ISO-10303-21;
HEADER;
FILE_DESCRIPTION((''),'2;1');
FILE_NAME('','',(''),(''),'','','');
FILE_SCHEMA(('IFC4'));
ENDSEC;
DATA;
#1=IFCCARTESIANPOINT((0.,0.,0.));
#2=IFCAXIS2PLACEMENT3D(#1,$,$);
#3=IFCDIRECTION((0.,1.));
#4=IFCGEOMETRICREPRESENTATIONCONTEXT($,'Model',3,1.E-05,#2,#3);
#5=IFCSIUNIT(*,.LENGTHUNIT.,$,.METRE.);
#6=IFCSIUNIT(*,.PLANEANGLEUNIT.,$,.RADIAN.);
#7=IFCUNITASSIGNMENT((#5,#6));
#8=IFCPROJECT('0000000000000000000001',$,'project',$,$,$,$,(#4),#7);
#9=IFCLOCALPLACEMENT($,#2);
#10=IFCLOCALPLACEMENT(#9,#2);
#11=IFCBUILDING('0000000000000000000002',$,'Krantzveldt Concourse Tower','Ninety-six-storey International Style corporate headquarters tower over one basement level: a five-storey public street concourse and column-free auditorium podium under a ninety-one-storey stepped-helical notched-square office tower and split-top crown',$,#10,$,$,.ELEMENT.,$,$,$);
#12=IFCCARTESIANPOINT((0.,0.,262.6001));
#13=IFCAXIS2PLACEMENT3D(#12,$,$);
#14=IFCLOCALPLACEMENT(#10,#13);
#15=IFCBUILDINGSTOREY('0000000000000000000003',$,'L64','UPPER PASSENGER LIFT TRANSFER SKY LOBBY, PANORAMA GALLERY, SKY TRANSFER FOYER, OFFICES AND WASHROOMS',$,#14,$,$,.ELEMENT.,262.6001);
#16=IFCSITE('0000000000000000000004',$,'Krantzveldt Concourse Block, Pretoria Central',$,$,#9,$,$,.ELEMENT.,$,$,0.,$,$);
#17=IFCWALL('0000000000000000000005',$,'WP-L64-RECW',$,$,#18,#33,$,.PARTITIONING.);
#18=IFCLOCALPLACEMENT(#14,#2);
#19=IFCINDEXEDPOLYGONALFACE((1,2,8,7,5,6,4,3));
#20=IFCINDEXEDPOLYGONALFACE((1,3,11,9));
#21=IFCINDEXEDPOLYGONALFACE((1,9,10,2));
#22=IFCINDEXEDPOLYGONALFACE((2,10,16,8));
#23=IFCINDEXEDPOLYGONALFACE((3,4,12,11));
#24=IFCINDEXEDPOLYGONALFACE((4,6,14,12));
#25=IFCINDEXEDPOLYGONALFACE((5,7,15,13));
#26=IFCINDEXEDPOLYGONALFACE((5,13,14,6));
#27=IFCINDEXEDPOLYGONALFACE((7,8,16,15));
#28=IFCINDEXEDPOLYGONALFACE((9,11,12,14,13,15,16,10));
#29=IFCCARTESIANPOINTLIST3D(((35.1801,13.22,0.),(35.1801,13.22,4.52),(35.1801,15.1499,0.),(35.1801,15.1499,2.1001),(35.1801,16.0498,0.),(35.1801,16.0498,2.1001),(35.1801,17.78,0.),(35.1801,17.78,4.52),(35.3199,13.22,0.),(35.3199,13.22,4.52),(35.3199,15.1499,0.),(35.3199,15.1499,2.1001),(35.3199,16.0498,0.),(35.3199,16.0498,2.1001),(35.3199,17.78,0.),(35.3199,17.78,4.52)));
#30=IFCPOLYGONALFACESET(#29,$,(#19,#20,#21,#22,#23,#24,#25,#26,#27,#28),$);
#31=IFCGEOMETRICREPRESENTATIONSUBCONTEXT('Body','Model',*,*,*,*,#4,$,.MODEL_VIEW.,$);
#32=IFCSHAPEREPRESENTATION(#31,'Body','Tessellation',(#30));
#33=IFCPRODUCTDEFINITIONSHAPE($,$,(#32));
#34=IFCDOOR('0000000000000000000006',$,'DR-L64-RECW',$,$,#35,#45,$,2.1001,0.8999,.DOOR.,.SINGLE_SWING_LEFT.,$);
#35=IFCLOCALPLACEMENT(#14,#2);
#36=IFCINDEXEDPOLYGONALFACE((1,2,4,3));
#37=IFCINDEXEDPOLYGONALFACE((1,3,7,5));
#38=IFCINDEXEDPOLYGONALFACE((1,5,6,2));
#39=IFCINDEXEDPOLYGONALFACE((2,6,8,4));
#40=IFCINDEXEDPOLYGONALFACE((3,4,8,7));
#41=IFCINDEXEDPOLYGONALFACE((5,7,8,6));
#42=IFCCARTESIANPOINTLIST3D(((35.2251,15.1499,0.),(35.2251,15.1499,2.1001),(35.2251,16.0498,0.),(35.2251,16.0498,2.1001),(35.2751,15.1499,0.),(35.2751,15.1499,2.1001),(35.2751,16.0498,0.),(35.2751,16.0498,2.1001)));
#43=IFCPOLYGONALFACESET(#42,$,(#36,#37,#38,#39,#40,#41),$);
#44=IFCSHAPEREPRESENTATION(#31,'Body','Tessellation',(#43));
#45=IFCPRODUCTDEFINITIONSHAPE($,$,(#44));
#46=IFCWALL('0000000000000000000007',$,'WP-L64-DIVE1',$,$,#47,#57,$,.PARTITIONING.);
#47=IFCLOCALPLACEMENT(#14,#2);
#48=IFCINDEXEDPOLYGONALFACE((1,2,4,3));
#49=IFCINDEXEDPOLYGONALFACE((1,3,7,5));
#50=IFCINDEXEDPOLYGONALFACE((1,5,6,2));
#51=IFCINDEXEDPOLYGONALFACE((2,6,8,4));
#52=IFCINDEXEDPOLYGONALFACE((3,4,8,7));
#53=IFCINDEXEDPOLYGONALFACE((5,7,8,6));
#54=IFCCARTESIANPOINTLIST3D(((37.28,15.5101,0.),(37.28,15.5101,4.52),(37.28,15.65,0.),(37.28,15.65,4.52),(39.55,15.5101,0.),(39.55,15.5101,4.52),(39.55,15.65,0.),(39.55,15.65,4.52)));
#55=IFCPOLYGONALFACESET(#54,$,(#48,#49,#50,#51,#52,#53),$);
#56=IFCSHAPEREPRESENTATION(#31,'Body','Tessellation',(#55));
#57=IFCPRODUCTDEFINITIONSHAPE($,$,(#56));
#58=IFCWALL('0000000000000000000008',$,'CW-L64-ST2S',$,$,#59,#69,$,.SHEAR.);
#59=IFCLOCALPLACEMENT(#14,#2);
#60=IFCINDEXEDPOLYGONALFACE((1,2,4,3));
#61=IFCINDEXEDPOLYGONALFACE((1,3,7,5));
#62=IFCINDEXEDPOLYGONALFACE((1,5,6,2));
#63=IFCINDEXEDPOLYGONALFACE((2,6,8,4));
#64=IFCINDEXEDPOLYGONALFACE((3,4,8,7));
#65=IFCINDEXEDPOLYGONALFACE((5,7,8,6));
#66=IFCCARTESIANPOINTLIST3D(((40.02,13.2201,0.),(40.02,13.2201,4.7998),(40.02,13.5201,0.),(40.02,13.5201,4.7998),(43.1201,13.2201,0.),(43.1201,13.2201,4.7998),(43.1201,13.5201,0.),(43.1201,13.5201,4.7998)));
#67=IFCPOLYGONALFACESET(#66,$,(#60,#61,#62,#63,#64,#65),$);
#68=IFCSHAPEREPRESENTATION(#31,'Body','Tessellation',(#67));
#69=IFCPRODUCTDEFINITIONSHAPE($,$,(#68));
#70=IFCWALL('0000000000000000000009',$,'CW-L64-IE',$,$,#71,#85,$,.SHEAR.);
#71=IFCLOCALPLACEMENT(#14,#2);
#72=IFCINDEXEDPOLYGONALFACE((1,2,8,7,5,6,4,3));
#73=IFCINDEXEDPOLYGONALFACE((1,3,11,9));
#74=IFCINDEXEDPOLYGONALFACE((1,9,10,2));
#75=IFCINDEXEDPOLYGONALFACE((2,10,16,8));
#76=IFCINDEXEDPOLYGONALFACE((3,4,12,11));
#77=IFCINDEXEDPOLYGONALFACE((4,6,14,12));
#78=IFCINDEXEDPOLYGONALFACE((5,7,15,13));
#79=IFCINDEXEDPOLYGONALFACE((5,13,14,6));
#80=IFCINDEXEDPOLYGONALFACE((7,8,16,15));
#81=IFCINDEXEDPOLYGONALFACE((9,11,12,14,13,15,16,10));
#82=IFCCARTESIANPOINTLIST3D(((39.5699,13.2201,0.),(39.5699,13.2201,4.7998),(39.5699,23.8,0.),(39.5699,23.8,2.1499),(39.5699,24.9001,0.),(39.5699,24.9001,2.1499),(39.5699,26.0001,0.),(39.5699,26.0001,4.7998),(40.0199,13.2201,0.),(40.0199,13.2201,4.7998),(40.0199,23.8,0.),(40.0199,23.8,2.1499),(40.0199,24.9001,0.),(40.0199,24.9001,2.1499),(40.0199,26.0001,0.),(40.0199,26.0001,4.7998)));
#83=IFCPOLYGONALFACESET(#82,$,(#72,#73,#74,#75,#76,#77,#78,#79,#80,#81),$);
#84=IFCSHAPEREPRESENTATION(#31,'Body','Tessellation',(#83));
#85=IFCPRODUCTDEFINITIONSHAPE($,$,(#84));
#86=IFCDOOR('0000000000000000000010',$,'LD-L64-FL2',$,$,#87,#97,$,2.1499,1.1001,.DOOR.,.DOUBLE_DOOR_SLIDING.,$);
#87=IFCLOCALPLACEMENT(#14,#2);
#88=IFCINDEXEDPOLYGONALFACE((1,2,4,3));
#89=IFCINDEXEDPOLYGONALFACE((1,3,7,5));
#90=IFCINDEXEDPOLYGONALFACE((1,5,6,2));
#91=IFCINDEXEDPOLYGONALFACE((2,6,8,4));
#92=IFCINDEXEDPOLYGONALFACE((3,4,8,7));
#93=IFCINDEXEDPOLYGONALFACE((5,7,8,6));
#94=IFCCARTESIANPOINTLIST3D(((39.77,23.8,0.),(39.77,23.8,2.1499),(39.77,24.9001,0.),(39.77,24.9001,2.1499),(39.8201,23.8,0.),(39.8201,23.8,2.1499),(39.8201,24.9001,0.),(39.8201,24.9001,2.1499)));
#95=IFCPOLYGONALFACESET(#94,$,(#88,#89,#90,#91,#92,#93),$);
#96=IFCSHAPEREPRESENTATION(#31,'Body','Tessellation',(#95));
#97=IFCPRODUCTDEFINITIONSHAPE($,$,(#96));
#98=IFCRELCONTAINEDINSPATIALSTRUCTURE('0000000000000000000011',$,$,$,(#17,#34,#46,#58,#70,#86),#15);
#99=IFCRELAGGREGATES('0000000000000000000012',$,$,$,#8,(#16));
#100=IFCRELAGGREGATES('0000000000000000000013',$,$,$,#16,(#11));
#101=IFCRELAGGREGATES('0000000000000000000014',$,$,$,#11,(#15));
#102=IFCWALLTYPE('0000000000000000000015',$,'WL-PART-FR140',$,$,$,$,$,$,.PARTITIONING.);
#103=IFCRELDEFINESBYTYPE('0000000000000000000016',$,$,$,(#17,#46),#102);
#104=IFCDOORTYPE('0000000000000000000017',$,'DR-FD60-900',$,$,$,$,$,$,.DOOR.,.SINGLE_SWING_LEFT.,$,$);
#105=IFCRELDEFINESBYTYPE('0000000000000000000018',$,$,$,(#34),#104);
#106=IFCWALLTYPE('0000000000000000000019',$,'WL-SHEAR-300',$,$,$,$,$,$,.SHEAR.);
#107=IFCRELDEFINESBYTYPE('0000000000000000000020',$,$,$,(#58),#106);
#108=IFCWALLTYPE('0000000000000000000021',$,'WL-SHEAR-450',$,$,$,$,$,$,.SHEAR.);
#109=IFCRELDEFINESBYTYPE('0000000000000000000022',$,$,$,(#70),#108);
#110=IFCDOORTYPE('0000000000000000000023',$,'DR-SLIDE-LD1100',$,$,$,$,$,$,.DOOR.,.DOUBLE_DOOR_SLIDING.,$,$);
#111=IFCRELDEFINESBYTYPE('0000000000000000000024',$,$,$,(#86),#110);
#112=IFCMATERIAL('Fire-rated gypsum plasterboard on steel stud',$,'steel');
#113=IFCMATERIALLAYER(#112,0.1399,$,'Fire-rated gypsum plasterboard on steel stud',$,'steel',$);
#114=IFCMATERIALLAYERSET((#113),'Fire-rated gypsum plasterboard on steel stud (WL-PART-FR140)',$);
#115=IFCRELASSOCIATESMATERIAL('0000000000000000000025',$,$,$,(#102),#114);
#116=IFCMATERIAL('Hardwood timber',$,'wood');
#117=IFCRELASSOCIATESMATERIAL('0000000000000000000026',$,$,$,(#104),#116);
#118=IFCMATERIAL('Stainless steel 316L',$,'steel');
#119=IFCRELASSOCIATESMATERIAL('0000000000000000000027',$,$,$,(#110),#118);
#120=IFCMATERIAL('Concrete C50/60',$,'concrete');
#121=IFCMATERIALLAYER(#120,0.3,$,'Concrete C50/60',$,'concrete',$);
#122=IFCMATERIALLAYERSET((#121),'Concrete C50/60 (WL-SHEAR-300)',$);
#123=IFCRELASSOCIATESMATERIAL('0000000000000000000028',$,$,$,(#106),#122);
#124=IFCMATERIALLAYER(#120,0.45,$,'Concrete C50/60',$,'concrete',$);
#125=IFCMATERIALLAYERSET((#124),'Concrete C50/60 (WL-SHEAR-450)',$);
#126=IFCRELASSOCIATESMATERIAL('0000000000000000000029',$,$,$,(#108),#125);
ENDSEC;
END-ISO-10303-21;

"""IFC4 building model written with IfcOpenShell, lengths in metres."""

from ifc_helpers import new_model, si_unit, direction, frame, frame_2d, origin, place, context, subcontext, project, spatial, rectangle, extrude, material, layer, layer_set, type_object, element, fill, save


model = new_model("IFC4")

# Units and contexts
model_context = context("Model", 3, precision=1e-05, world=origin(), true_north=direction((0.0, 1.0)))
body_context = subcontext(model_context, "Body", "Model", "MODEL_VIEW")
ifc_project = project(units=[si_unit("LENGTHUNIT", "METRE"), si_unit("PLANEANGLEUNIT", "RADIAN")], contexts=[model_context])

# Site, building, storey
site_placement = place(None, origin())
site = spatial("IfcSite", under=ifc_project, at=site_placement, Name="Krantzveldt Concourse Block, Pretoria Central", CompositionType="ELEMENT", RefElevation=0.0)
building_placement = place(site_placement, origin())
building = spatial("IfcBuilding", under=site, at=building_placement, Name="Krantzveldt Concourse Tower", Description="Ninety-six-storey International Style corporate headquarters tower over one basement level: a five-storey public street concourse and column-free auditorium podium under a ninety-one-storey stepped-helical notched-square office tower and split-top crown", CompositionType="ELEMENT")
storey_placement = place(building_placement, frame((0.0, 0.0, 262.6001)))
storey = spatial("IfcBuildingStorey", under=building, at=storey_placement, Name="L64", Description="UPPER PASSENGER LIFT TRANSFER SKY LOBBY, PANORAMA GALLERY, SKY TRANSFER FOYER, OFFICES AND WASHROOMS", CompositionType="ELEMENT", Elevation=262.6001)

# Wall, opening, door
ifc_material_1 = material(Name="Fire-rated gypsum plasterboard on steel stud", Category="steel")
ifc_material_2 = material(Name="Hardwood timber", Category="wood")
ifc_layer_1 = layer(ifc_material_1, 0.1399, Name="Fire-rated gypsum plasterboard on steel stud", Category="steel")
ifc_layer_set_1 = layer_set([ifc_layer_1], Name="Fire-rated gypsum plasterboard on steel stud (WL-PART-FR140)")
wall_type_1 = type_object("IfcWallType", Name="WL-PART-FR140", PredefinedType="PARTITIONING", material=ifc_layer_set_1)
wall_1_placement = place(storey_placement, frame((35.25, 13.22, 0.0), z_axis=(0.0, 0.0, 1.0), x_axis=(0.0, 1.0, 0.0)))
wall_1 = element("IfcWall", 1, at=wall_1_placement, inside=storey, type_object=wall_type_1, Name="WP-L64-RECW", PredefinedType="PARTITIONING", context=body_context, shape_type="SweptSolid", body=[
    extrude(rectangle(XDim=4.5601, YDim=0.1399, at=frame_2d((2.28, 0.0))), origin(), (0.0, 0.0, 1.0), 4.52),
])
opening_1_placement = place(wall_1_placement, frame((1.9299, 0.0, 0.0)))
opening_1 = element("IfcOpeningElement", 2, at=opening_1_placement, cuts=wall_1, PredefinedType="OPENING", context=body_context, shape_type="SweptSolid", body=[
    extrude(rectangle(XDim=0.8999, YDim=2.1001, at=frame_2d((0.45, 1.05))), frame((0.0, 0.0801, 0.0), z_axis=(0.0, -1.0, 0.0), x_axis=(1.0, 0.0, 0.0)), (0.0, 0.0, 1.0), 0.1599),
])
door_type_1 = type_object("IfcDoorType", Name="DR-FD60-900", OperationType="SINGLE_SWING_LEFT", PredefinedType="DOOR", material=ifc_material_2)
door_1_placement = place(opening_1_placement, origin())
door_1 = element("IfcDoor", 3, at=door_1_placement, inside=storey, type_object=door_type_1, Name="DR-L64-RECW", OperationType="SINGLE_SWING_LEFT", OverallHeight=2.1001, OverallWidth=0.8999, PredefinedType="DOOR", context=body_context, shape_type="SweptSolid", body=[
    extrude(rectangle(XDim=0.8999, YDim=2.1001, at=frame_2d((0.45, 1.05))), frame((0.0, 0.0249, 0.0), z_axis=(0.0, -1.0, 0.0), x_axis=(1.0, 0.0, 0.0)), (0.0, 0.0, 1.0), 0.05),
])
fill(opening_1, door_1)

# Shared definitions
ifc_material_3 = material(Name="Stainless steel 316L", Category="steel")
door_type_2 = type_object("IfcDoorType", Name="DR-SLIDE-LD1100", OperationType="DOUBLE_DOOR_SLIDING", PredefinedType="DOOR", material=ifc_material_3)

# Walls
wall_2_placement = place(storey_placement, frame((37.28, 15.5801, 0.0), z_axis=(0.0, 0.0, 1.0), x_axis=(1.0, 0.0, 0.0)))
element("IfcWall", 4, at=wall_2_placement, inside=storey, type_object=wall_type_1, Name="WP-L64-DIVE1", PredefinedType="PARTITIONING", context=body_context, shape_type="SweptSolid", body=[
    extrude(rectangle(XDim=2.27, YDim=0.1399, at=frame_2d((1.135, 0.0))), origin(), (0.0, 0.0, 1.0), 4.52),
])
ifc_material_4 = material(Name="Concrete C50/60", Category="concrete")
ifc_layer_2 = layer(ifc_material_4, 0.3, Name="Concrete C50/60", Category="concrete")
ifc_layer_set_2 = layer_set([ifc_layer_2], Name="Concrete C50/60 (WL-SHEAR-300)")
wall_type_2 = type_object("IfcWallType", Name="WL-SHEAR-300", PredefinedType="SHEAR", material=ifc_layer_set_2)
wall_3_placement = place(storey_placement, frame((40.02, 13.3701, 0.0), z_axis=(0.0, 0.0, 1.0), x_axis=(1.0, 0.0, 0.0)))
element("IfcWall", 5, at=wall_3_placement, inside=storey, type_object=wall_type_2, Name="CW-L64-ST2S", PredefinedType="SHEAR", context=body_context, shape_type="SweptSolid", body=[
    extrude(rectangle(XDim=3.1001, YDim=0.3, at=frame_2d((1.55, 0.0))), origin(), (0.0, 0.0, 1.0), 4.7998),
])

# Wall, opening, door
ifc_layer_3 = layer(ifc_material_4, 0.45, Name="Concrete C50/60", Category="concrete")
ifc_layer_set_3 = layer_set([ifc_layer_3], Name="Concrete C50/60 (WL-SHEAR-450)")
wall_type_3 = type_object("IfcWallType", Name="WL-SHEAR-450", PredefinedType="SHEAR", material=ifc_layer_set_3)
wall_4_placement = place(storey_placement, frame((39.7949, 13.22, 0.0), z_axis=(0.0, 0.0, 1.0), x_axis=(0.0, 1.0, 0.0)))
wall_4 = element("IfcWall", 6, at=wall_4_placement, inside=storey, type_object=wall_type_3, Name="CW-L64-IE", PredefinedType="SHEAR", context=body_context, shape_type="SweptSolid", body=[
    extrude(rectangle(XDim=12.78, YDim=0.45, at=frame_2d((6.3901, 0.0))), origin(), (0.0, 0.0, 1.0), 4.7998),
])
opening_2_placement = place(wall_4_placement, frame((10.5801, 0.0, 0.0)))
opening_2 = element("IfcOpeningElement", 7, at=opening_2_placement, cuts=wall_4, PredefinedType="OPENING", context=body_context, shape_type="SweptSolid", body=[
    extrude(rectangle(XDim=1.1001, YDim=2.1499, at=frame_2d((0.55, 1.075))), frame((0.0, 0.2349, 0.0), z_axis=(0.0, -1.0, 0.0), x_axis=(1.0, 0.0, 0.0)), (0.0, 0.0, 1.0), 0.47),
])
door_2_placement = place(opening_2_placement, origin())
door_2 = element("IfcDoor", 8, at=door_2_placement, inside=storey, type_object=door_type_2, Name="LD-L64-FL2", OperationType="DOUBLE_DOOR_SLIDING", OverallHeight=2.1499, OverallWidth=1.1001, PredefinedType="DOOR", context=body_context, shape_type="SweptSolid", body=[
    extrude(rectangle(XDim=1.1001, YDim=2.1499, at=frame_2d((0.55, 1.075))), frame((0.0, 0.0249, 0.0), z_axis=(0.0, -1.0, 0.0), x_axis=(1.0, 0.0, 0.0)), (0.0, 0.0, 1.0), 0.05),
])
fill(opening_2, door_2)

save(model, "model.ifc")
